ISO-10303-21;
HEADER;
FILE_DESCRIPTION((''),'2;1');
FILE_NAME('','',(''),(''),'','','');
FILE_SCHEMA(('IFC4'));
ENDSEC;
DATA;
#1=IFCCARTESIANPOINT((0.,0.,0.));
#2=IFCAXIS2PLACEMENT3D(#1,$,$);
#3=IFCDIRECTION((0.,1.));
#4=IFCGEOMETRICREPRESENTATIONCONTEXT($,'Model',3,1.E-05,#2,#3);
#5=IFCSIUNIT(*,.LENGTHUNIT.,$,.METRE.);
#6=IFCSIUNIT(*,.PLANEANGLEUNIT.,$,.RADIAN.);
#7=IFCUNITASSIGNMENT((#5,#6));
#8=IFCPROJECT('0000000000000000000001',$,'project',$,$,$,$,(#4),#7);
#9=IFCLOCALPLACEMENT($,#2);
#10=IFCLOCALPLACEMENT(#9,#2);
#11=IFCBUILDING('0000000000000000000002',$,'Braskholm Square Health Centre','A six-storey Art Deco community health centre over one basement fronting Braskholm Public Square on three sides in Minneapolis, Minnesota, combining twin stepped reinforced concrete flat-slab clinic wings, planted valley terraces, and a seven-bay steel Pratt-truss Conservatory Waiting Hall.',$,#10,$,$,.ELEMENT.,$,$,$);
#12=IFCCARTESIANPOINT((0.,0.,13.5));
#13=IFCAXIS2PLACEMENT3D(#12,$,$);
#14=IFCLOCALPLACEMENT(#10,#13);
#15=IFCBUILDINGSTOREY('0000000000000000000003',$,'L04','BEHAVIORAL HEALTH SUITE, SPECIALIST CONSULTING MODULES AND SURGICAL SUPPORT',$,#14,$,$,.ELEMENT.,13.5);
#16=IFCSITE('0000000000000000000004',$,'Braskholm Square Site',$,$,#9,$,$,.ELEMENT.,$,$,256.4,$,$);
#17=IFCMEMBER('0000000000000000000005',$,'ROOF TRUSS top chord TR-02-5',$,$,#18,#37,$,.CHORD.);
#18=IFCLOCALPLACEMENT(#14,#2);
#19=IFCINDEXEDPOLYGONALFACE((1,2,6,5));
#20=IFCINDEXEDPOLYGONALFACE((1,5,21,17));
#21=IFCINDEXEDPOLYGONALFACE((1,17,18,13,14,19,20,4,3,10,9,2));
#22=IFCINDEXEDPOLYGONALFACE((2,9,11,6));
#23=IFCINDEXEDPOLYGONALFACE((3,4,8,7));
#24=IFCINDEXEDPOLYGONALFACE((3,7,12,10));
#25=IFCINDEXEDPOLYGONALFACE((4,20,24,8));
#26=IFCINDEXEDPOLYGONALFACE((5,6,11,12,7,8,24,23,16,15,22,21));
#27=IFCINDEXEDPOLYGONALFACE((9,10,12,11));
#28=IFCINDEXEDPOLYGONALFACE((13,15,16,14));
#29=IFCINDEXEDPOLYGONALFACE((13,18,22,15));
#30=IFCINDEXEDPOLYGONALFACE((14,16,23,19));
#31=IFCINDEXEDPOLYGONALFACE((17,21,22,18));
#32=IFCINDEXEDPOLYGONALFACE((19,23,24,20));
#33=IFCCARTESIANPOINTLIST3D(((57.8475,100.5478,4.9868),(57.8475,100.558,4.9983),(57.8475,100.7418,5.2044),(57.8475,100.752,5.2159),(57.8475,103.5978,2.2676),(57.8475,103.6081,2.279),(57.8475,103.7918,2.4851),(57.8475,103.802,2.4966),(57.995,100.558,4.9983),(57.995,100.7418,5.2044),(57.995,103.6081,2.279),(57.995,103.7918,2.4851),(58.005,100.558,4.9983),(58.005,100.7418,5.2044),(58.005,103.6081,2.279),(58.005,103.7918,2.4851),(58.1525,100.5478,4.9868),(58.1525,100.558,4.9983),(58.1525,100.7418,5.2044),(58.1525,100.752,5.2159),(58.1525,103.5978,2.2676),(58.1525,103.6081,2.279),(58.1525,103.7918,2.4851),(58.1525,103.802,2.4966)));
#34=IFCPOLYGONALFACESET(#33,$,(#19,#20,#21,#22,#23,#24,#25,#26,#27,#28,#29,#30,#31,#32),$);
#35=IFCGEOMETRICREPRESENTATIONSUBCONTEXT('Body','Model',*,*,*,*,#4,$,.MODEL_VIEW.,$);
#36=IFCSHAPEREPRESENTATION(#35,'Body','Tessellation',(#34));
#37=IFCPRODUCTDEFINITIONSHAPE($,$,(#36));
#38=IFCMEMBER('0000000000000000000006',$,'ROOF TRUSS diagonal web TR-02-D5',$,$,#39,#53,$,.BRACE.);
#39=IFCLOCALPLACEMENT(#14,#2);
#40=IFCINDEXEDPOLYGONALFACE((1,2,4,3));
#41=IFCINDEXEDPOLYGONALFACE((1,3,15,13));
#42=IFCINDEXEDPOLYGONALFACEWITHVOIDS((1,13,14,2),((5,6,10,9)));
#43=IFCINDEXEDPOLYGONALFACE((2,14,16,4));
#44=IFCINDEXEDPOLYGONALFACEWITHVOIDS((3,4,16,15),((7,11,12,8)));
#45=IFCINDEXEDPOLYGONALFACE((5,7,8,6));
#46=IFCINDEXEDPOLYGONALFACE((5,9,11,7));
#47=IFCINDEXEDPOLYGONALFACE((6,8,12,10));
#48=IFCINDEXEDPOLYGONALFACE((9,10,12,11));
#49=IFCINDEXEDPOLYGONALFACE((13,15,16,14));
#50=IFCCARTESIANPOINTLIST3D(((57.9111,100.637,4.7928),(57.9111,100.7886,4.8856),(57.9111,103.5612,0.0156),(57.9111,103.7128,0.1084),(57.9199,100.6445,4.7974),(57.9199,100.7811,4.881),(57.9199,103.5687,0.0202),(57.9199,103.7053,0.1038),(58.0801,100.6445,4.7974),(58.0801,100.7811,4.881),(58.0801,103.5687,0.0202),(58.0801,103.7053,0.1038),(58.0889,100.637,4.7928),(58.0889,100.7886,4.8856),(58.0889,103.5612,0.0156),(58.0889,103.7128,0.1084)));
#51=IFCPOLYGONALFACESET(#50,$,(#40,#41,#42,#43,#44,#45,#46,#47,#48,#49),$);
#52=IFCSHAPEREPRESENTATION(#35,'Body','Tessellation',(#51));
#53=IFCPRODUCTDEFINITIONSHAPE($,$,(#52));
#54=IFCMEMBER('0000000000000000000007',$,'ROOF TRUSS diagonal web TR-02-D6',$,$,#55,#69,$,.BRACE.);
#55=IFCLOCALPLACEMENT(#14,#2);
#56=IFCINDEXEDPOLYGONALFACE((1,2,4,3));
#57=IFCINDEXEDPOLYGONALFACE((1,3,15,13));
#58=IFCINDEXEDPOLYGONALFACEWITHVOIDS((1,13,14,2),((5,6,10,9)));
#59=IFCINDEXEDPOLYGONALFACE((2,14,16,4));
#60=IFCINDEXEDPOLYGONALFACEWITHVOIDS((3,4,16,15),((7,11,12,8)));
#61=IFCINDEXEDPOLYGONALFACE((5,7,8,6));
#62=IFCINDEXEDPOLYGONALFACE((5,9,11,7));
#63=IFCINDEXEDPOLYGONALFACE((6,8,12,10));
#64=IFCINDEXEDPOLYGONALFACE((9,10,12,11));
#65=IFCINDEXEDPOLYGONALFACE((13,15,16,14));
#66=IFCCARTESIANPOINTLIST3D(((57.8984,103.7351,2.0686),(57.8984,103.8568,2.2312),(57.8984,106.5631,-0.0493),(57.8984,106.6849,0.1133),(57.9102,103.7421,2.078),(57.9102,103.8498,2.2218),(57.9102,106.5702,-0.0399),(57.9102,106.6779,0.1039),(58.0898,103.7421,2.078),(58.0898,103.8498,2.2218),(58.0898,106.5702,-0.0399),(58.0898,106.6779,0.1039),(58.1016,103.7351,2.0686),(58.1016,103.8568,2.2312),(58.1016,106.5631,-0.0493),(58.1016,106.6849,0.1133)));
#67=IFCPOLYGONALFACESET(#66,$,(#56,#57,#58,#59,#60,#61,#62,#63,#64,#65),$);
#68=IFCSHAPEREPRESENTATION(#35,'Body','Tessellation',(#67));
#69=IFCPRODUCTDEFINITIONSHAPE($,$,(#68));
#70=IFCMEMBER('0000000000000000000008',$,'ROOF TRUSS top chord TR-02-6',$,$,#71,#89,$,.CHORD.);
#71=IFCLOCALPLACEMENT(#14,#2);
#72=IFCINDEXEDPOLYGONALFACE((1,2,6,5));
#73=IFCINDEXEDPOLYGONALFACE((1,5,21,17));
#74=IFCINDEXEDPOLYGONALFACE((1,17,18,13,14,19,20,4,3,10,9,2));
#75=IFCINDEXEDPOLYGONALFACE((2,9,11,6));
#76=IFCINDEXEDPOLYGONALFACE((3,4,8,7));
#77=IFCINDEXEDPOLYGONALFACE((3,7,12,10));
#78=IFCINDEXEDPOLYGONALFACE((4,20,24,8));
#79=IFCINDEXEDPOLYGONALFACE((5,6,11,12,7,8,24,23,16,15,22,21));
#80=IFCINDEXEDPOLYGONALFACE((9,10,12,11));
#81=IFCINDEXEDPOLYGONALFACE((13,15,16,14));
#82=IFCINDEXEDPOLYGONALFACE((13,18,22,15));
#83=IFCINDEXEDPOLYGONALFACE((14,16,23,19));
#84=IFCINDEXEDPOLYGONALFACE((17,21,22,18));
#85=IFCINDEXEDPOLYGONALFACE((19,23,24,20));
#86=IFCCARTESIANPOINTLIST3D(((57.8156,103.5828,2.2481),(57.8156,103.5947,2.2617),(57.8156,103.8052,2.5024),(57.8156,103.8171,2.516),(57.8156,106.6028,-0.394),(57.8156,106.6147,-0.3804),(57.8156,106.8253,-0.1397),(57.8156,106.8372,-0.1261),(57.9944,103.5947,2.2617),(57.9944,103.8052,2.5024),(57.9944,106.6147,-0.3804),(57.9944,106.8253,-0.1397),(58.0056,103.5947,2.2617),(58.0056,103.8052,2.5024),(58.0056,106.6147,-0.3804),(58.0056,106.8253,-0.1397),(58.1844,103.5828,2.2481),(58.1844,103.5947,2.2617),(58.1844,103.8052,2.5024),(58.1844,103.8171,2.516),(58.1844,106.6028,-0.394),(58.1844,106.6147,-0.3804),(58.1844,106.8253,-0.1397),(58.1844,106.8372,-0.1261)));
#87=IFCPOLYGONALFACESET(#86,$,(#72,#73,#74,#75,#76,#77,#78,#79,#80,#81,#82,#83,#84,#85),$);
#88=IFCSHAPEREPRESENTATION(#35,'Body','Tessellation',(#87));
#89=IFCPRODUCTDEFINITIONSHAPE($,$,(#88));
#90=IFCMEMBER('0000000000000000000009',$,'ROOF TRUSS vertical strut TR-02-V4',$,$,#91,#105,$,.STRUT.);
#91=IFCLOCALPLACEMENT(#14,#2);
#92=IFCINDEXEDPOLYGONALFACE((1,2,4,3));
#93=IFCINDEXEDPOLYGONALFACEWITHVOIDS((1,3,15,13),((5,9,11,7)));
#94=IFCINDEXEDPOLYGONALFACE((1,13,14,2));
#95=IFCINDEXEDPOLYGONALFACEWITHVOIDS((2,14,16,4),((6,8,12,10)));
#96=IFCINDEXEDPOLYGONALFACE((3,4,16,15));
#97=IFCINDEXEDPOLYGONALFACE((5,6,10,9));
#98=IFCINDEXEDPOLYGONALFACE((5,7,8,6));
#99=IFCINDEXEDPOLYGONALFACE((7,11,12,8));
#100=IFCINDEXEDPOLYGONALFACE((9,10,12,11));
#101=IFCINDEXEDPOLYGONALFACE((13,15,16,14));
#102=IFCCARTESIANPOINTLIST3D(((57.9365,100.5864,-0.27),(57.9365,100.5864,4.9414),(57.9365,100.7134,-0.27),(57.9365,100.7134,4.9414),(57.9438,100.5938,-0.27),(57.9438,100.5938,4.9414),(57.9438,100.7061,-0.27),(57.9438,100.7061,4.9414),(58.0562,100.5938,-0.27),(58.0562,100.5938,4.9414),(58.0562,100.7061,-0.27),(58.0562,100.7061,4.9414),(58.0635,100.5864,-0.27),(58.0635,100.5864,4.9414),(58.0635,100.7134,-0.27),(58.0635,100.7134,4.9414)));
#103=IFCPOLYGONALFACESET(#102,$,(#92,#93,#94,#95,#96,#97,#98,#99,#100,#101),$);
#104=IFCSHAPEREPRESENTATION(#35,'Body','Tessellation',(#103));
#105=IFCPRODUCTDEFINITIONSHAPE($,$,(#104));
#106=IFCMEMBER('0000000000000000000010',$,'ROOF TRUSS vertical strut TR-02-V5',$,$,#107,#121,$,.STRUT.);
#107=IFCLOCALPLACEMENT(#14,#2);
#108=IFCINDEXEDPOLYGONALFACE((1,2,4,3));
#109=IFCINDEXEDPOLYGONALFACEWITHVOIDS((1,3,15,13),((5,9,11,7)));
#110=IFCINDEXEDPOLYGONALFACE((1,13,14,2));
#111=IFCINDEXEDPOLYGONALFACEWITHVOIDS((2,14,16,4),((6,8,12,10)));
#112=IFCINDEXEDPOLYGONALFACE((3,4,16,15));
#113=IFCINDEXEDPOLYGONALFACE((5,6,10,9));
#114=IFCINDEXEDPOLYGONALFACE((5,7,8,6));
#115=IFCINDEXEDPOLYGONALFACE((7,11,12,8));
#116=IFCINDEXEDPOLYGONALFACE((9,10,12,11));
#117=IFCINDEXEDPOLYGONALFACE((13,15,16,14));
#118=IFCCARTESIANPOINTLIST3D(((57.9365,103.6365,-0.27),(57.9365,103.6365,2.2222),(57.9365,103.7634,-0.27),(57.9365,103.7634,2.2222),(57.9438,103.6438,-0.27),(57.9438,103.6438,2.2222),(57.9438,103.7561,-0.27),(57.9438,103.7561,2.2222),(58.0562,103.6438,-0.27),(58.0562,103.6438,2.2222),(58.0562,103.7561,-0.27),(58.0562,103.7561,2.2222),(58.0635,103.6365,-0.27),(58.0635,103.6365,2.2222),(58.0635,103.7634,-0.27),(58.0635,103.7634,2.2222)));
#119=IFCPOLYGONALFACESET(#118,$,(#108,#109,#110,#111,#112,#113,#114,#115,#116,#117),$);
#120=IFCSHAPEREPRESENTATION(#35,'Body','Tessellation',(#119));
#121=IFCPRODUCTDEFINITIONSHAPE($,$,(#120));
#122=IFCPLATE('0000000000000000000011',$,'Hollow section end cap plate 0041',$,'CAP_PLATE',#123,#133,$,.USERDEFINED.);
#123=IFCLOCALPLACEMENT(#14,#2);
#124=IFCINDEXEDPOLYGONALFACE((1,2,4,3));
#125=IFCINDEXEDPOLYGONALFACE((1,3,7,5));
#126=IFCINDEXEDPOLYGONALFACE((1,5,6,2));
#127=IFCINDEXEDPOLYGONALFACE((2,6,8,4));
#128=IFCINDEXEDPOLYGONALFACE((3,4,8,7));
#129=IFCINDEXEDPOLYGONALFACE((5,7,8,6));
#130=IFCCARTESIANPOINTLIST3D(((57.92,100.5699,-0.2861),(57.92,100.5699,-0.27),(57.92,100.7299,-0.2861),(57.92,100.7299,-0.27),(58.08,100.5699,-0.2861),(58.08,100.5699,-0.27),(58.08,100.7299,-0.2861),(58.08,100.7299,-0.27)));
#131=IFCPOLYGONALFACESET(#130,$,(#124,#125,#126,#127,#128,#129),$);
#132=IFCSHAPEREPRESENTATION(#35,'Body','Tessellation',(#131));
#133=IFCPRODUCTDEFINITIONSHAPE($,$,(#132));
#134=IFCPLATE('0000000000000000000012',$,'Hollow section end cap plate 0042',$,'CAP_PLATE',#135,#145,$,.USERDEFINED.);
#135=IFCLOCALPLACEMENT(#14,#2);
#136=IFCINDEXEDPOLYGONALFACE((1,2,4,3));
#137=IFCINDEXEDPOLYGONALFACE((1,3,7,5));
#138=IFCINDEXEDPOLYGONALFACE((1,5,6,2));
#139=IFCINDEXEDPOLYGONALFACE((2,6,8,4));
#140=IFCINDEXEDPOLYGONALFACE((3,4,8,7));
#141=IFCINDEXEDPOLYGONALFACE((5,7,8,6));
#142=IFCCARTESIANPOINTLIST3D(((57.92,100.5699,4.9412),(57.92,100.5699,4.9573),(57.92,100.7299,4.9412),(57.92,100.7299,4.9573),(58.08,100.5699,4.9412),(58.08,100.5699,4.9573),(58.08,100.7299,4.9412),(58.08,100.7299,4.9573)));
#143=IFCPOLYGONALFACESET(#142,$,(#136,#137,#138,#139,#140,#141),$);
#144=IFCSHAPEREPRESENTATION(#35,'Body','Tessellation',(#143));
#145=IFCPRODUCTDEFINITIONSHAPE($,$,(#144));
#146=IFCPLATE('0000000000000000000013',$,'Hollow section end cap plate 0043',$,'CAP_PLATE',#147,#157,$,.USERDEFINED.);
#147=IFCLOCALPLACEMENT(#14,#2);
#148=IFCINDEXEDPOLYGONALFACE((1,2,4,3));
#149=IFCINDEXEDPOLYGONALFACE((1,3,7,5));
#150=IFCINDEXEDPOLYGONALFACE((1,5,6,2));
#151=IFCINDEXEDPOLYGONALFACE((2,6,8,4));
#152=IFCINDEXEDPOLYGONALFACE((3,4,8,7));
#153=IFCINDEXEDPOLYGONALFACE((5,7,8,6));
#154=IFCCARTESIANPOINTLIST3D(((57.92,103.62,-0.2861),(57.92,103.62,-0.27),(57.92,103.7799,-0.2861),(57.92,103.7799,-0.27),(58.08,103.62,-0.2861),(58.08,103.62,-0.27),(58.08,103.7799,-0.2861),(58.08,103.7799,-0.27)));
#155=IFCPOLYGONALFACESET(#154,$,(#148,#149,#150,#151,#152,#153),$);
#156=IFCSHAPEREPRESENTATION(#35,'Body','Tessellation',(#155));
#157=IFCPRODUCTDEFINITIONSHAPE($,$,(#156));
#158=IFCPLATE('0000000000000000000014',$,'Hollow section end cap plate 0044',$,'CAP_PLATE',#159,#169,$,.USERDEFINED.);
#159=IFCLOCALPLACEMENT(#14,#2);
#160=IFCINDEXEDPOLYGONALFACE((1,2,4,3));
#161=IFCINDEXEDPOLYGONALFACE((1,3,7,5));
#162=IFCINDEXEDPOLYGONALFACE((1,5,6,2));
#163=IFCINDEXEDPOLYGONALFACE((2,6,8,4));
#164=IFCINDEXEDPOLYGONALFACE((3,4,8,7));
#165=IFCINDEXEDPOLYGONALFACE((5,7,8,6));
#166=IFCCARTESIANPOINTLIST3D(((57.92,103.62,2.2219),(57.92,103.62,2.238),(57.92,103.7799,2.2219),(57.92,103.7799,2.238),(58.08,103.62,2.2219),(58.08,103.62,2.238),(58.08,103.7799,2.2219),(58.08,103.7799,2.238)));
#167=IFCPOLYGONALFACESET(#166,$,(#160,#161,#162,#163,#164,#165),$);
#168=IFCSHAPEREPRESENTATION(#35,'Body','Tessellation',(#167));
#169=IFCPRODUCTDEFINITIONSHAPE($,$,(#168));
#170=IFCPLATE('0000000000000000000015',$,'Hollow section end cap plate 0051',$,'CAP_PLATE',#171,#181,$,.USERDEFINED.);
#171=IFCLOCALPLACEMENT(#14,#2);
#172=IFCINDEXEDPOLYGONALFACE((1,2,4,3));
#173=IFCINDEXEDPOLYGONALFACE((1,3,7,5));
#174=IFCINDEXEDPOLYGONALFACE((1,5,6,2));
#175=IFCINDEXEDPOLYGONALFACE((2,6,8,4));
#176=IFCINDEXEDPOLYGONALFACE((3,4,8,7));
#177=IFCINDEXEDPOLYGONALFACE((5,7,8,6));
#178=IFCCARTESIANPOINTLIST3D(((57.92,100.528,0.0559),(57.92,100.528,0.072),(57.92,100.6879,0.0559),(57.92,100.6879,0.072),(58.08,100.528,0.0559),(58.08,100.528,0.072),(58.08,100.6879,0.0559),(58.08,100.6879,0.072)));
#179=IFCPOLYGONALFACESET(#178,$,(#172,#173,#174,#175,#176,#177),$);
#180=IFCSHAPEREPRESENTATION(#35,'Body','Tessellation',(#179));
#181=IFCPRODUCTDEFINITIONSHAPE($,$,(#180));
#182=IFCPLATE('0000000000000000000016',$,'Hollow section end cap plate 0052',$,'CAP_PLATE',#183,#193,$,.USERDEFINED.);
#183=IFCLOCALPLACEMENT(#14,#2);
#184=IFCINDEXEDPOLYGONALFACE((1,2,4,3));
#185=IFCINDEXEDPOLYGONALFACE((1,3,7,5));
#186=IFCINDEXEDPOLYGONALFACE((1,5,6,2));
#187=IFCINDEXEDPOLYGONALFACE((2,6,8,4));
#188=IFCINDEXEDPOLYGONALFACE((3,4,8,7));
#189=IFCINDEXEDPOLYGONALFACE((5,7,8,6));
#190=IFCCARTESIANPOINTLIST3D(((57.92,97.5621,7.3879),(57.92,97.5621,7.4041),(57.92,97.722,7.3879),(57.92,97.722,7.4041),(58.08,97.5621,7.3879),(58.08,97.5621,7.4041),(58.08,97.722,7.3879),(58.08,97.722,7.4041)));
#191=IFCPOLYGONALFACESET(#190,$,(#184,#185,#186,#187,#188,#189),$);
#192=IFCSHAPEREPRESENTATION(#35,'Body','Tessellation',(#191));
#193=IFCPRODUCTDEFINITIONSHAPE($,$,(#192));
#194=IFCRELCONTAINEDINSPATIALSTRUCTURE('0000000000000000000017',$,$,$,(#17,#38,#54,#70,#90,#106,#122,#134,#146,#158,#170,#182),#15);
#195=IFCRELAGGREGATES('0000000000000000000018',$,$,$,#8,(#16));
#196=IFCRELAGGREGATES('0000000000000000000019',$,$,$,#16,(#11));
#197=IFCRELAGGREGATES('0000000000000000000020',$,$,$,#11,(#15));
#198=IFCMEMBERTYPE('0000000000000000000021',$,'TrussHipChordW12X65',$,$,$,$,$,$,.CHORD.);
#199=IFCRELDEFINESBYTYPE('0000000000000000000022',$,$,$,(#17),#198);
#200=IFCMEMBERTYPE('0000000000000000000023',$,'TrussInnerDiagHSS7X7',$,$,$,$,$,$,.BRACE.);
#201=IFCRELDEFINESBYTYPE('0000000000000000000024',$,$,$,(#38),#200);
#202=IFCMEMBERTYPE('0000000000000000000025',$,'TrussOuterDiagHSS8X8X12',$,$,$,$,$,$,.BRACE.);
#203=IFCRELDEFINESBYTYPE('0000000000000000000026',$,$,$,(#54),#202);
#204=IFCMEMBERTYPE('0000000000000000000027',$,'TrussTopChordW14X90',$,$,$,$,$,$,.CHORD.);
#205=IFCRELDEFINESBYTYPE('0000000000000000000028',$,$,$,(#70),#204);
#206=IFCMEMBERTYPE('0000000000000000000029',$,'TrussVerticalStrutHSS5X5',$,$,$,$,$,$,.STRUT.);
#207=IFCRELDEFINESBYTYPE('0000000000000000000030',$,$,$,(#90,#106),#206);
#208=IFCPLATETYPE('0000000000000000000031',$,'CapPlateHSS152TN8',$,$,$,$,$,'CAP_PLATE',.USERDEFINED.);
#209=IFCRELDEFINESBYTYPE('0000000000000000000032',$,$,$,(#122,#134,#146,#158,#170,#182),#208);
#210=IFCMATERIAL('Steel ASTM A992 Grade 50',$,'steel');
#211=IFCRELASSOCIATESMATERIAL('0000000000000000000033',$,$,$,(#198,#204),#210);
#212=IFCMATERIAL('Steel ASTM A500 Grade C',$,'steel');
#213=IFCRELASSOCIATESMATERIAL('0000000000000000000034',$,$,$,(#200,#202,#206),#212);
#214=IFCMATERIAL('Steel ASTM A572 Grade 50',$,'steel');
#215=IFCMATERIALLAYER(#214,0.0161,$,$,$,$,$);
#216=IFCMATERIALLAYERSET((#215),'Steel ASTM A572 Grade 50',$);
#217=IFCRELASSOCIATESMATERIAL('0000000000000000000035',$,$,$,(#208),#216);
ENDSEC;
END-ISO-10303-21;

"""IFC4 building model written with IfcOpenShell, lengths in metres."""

from ifc_helpers import new_model, si_unit, direction, frame, origin, origin_2d, place, context, subcontext, project, spatial, rectangle, hollow_rectangle, i_section, extrude, material, layer, layer_set, material_profile, profile_set, type_object, element, save


model = new_model("IFC4")

# Units and contexts
model_context = context("Model", 3, precision=1e-05, world=origin(), true_north=direction((0.0, 1.0)))
body_context = subcontext(model_context, "Body", "Model", "MODEL_VIEW")
ifc_project = project(units=[si_unit("LENGTHUNIT", "METRE"), si_unit("PLANEANGLEUNIT", "RADIAN")], contexts=[model_context])

# Site, building, storey
site_placement = place(None, origin())
site = spatial("IfcSite", under=ifc_project, at=site_placement, Name="Braskholm Square Site", CompositionType="ELEMENT", RefElevation=256.4)
building_placement = place(site_placement, origin())
building = spatial("IfcBuilding", under=site, at=building_placement, Name="Braskholm Square Health Centre", Description="A six-storey Art Deco community health centre over one basement fronting Braskholm Public Square on three sides in Minneapolis, Minnesota, combining twin stepped reinforced concrete flat-slab clinic wings, planted valley terraces, and a seven-bay steel Pratt-truss Conservatory Waiting Hall.", CompositionType="ELEMENT")
storey_placement = place(building_placement, frame((0.0, 0.0, 13.5)))
storey = spatial("IfcBuildingStorey", under=building, at=storey_placement, Name="L04", Description="BEHAVIORAL HEALTH SUITE, SPECIALIST CONSULTING MODULES AND SURGICAL SUPPORT", CompositionType="ELEMENT", Elevation=13.5)

# Shared definitions
ifc_material_1 = material(Name="Steel ASTM A500 Grade C", Category="steel")

# Shared definitions
ifc_material_2 = material(Name="Steel ASTM A992 Grade 50", Category="steel")

# Members
ifc_material_profile_1 = material_profile(ifc_material_2, i_section(OverallWidth=0.3049, OverallDepth=0.3069, WebThickness=0.01, FlangeThickness=0.0154, at=origin_2d()), Name="W12X65")
ifc_profile_set_1 = profile_set([ifc_material_profile_1], Name="Steel ASTM A992 Grade 50")
member_type_1 = type_object("IfcMemberType", Name="TrussHipChordW12X65", PredefinedType="CHORD", material=ifc_profile_set_1)
member_1_placement = place(storey_placement, frame((58.0, 100.6499, 5.1013), z_axis=(0.0, 0.746426, -0.665468), x_axis=(-1.0, 0.0, 0.0)))
element("IfcMember", 1, at=member_1_placement, inside=storey, type_object=member_type_1, Name="ROOF TRUSS top chord TR-02-5", PredefinedType="CHORD", context=body_context, shape_type="SweptSolid", body=[
    extrude(i_section(OverallWidth=0.3049, OverallDepth=0.3069, WebThickness=0.01, FlangeThickness=0.0154, at=origin_2d()), origin(), (0.0, 0.0, 1.0), 4.0862),
])
ifc_material_profile_2 = material_profile(ifc_material_1, hollow_rectangle(XDim=0.1777, YDim=0.1777, WallThickness=0.0088, at=origin_2d()), Name="HSS7X7X3/8")
ifc_profile_set_2 = profile_set([ifc_material_profile_2], Name="Steel ASTM A500 Grade C")
member_type_2 = type_object("IfcMemberType", Name="TrussInnerDiagHSS7X7", PredefinedType="BRACE", material=ifc_profile_set_2)
member_2_placement = place(storey_placement, frame((58.0, 103.637, 0.062), z_axis=(0.0, -0.522065, 0.852906), x_axis=(1.0, 0.0, 0.0)))
element("IfcMember", 2, at=member_2_placement, inside=storey, type_object=member_type_2, Name="ROOF TRUSS diagonal web TR-02-D5", PredefinedType="BRACE", context=body_context, shape_type="SweptSolid", body=[
    extrude(hollow_rectangle(XDim=0.1777, YDim=0.1777, WallThickness=0.0088, at=origin_2d()), origin(), (0.0, 0.0, 1.0), 5.6011),
])
ifc_material_profile_3 = material_profile(ifc_material_1, hollow_rectangle(XDim=0.2031, YDim=0.2031, WallThickness=0.0117, at=origin_2d()), Name="HSS8X8X1/2")
ifc_profile_set_3 = profile_set([ifc_material_profile_3], Name="Steel ASTM A500 Grade C")
member_type_3 = type_object("IfcMemberType", Name="TrussOuterDiagHSS8X8X12", PredefinedType="BRACE", material=ifc_profile_set_3)
member_3_placement = place(storey_placement, frame((58.0, 106.624, 0.032), z_axis=(0.0, -0.800431, 0.599425), x_axis=(1.0, 0.0, 0.0)))
element("IfcMember", 3, at=member_3_placement, inside=storey, type_object=member_type_3, Name="ROOF TRUSS diagonal web TR-02-D6", PredefinedType="BRACE", context=body_context, shape_type="SweptSolid", body=[
    extrude(hollow_rectangle(XDim=0.2031, YDim=0.2031, WallThickness=0.0117, at=origin_2d()), origin(), (0.0, 0.0, 1.0), 3.5332),
])
ifc_material_profile_4 = material_profile(ifc_material_2, i_section(OverallWidth=0.3689, OverallDepth=0.356, WebThickness=0.0112, FlangeThickness=0.0181, at=origin_2d()), Name="W14X90")
ifc_profile_set_4 = profile_set([ifc_material_profile_4], Name="Steel ASTM A992 Grade 50")
member_type_4 = type_object("IfcMemberType", Name="TrussTopChordW14X90", PredefinedType="CHORD", material=ifc_profile_set_4)
member_4_placement = place(storey_placement, frame((58.0, 103.7, 2.3821), z_axis=(0.0, 0.752629, -0.658444), x_axis=(-1.0, 0.0, 0.0)))
element("IfcMember", 4, at=member_4_placement, inside=storey, type_object=member_type_4, Name="ROOF TRUSS top chord TR-02-6", PredefinedType="CHORD", context=body_context, shape_type="SweptSolid", body=[
    extrude(i_section(OverallWidth=0.3689, OverallDepth=0.356, WebThickness=0.0112, FlangeThickness=0.0181, at=origin_2d()), origin(), (0.0, 0.0, 1.0), 4.0127),
])
ifc_material_profile_5 = material_profile(ifc_material_1, hollow_rectangle(XDim=0.127, YDim=0.127, WallThickness=0.0073, at=origin_2d()), Name="HSS5X5X5/16")
ifc_profile_set_5 = profile_set([ifc_material_profile_5], Name="Steel ASTM A500 Grade C")
member_type_5 = type_object("IfcMemberType", Name="TrussVerticalStrutHSS5X5", PredefinedType="STRUT", material=ifc_profile_set_5)
member_5_placement = place(storey_placement, frame((58.0, 100.6499, -0.27), z_axis=(0.0, 0.0, 1.0), x_axis=(1.0, 0.0, 0.0)))
element("IfcMember", 5, at=member_5_placement, inside=storey, type_object=member_type_5, Name="ROOF TRUSS vertical strut TR-02-V4", PredefinedType="STRUT", context=body_context, shape_type="SweptSolid", body=[
    extrude(hollow_rectangle(XDim=0.127, YDim=0.127, WallThickness=0.0073, at=origin_2d()), origin(), (0.0, 0.0, 1.0), 5.2114),
])
member_6_placement = place(storey_placement, frame((58.0, 103.7, -0.27), z_axis=(0.0, 0.0, 1.0), x_axis=(1.0, 0.0, 0.0)))
element("IfcMember", 6, at=member_6_placement, inside=storey, type_object=member_type_5, Name="ROOF TRUSS vertical strut TR-02-V5", PredefinedType="STRUT", context=body_context, shape_type="SweptSolid", body=[
    extrude(hollow_rectangle(XDim=0.127, YDim=0.127, WallThickness=0.0073, at=origin_2d()), origin(), (0.0, 0.0, 1.0), 2.4922),
])

# Plates
ifc_material_3 = material(Name="Steel ASTM A572 Grade 50", Category="steel")
ifc_layer_1 = layer(ifc_material_3, 0.0161)
ifc_layer_set_1 = layer_set([ifc_layer_1], Name="Steel ASTM A572 Grade 50")
plate_type_1 = type_object("IfcPlateType", Name="CapPlateHSS152TN8", ElementType="CAP_PLATE", PredefinedType="USERDEFINED", material=ifc_layer_set_1)
for number, where, z_axis, x_axis, name in (
    (7, (58.0, 100.6499, -0.2861), (0.0, 0.0, 1.0), (1.0, 0.0, 0.0), "Hollow section end cap plate 0041"),
    (8, (58.0, 100.6499, 4.9412), (0.0, 0.0, 1.0), (1.0, 0.0, 0.0), "Hollow section end cap plate 0042"),
    (9, (58.0, 103.7, -0.2861), (0.0, 0.0, 1.0), (1.0, 0.0, 0.0), "Hollow section end cap plate 0043"),
    (10, (58.0, 103.7, 2.2219), (0.0, 0.0, 1.0), (1.0, 0.0, 0.0), "Hollow section end cap plate 0044"),
    (11, (58.0, 100.6079, 0.0559), (0.0, 0.0, 1.0), (1.0, 0.0, 0.0), "Hollow section end cap plate 0051"),
    (12, (58.0, 97.6421, 7.3879), (0.0, 0.0, 1.0), (1.0, 0.0, 0.0), "Hollow section end cap plate 0052"),
):
    element("IfcPlate", number, at=place(storey_placement, frame(where, z_axis=z_axis, x_axis=x_axis)), inside=storey, type_object=plate_type_1, Name=name, ObjectType="CAP_PLATE", PredefinedType="USERDEFINED", context=body_context, shape_type="SweptSolid", body=[
        extrude(rectangle(XDim=0.1599, YDim=0.1599, at=origin_2d()), origin(), (0.0, 0.0, 1.0), 0.0161),
    ])

save(model, "model.ifc")
